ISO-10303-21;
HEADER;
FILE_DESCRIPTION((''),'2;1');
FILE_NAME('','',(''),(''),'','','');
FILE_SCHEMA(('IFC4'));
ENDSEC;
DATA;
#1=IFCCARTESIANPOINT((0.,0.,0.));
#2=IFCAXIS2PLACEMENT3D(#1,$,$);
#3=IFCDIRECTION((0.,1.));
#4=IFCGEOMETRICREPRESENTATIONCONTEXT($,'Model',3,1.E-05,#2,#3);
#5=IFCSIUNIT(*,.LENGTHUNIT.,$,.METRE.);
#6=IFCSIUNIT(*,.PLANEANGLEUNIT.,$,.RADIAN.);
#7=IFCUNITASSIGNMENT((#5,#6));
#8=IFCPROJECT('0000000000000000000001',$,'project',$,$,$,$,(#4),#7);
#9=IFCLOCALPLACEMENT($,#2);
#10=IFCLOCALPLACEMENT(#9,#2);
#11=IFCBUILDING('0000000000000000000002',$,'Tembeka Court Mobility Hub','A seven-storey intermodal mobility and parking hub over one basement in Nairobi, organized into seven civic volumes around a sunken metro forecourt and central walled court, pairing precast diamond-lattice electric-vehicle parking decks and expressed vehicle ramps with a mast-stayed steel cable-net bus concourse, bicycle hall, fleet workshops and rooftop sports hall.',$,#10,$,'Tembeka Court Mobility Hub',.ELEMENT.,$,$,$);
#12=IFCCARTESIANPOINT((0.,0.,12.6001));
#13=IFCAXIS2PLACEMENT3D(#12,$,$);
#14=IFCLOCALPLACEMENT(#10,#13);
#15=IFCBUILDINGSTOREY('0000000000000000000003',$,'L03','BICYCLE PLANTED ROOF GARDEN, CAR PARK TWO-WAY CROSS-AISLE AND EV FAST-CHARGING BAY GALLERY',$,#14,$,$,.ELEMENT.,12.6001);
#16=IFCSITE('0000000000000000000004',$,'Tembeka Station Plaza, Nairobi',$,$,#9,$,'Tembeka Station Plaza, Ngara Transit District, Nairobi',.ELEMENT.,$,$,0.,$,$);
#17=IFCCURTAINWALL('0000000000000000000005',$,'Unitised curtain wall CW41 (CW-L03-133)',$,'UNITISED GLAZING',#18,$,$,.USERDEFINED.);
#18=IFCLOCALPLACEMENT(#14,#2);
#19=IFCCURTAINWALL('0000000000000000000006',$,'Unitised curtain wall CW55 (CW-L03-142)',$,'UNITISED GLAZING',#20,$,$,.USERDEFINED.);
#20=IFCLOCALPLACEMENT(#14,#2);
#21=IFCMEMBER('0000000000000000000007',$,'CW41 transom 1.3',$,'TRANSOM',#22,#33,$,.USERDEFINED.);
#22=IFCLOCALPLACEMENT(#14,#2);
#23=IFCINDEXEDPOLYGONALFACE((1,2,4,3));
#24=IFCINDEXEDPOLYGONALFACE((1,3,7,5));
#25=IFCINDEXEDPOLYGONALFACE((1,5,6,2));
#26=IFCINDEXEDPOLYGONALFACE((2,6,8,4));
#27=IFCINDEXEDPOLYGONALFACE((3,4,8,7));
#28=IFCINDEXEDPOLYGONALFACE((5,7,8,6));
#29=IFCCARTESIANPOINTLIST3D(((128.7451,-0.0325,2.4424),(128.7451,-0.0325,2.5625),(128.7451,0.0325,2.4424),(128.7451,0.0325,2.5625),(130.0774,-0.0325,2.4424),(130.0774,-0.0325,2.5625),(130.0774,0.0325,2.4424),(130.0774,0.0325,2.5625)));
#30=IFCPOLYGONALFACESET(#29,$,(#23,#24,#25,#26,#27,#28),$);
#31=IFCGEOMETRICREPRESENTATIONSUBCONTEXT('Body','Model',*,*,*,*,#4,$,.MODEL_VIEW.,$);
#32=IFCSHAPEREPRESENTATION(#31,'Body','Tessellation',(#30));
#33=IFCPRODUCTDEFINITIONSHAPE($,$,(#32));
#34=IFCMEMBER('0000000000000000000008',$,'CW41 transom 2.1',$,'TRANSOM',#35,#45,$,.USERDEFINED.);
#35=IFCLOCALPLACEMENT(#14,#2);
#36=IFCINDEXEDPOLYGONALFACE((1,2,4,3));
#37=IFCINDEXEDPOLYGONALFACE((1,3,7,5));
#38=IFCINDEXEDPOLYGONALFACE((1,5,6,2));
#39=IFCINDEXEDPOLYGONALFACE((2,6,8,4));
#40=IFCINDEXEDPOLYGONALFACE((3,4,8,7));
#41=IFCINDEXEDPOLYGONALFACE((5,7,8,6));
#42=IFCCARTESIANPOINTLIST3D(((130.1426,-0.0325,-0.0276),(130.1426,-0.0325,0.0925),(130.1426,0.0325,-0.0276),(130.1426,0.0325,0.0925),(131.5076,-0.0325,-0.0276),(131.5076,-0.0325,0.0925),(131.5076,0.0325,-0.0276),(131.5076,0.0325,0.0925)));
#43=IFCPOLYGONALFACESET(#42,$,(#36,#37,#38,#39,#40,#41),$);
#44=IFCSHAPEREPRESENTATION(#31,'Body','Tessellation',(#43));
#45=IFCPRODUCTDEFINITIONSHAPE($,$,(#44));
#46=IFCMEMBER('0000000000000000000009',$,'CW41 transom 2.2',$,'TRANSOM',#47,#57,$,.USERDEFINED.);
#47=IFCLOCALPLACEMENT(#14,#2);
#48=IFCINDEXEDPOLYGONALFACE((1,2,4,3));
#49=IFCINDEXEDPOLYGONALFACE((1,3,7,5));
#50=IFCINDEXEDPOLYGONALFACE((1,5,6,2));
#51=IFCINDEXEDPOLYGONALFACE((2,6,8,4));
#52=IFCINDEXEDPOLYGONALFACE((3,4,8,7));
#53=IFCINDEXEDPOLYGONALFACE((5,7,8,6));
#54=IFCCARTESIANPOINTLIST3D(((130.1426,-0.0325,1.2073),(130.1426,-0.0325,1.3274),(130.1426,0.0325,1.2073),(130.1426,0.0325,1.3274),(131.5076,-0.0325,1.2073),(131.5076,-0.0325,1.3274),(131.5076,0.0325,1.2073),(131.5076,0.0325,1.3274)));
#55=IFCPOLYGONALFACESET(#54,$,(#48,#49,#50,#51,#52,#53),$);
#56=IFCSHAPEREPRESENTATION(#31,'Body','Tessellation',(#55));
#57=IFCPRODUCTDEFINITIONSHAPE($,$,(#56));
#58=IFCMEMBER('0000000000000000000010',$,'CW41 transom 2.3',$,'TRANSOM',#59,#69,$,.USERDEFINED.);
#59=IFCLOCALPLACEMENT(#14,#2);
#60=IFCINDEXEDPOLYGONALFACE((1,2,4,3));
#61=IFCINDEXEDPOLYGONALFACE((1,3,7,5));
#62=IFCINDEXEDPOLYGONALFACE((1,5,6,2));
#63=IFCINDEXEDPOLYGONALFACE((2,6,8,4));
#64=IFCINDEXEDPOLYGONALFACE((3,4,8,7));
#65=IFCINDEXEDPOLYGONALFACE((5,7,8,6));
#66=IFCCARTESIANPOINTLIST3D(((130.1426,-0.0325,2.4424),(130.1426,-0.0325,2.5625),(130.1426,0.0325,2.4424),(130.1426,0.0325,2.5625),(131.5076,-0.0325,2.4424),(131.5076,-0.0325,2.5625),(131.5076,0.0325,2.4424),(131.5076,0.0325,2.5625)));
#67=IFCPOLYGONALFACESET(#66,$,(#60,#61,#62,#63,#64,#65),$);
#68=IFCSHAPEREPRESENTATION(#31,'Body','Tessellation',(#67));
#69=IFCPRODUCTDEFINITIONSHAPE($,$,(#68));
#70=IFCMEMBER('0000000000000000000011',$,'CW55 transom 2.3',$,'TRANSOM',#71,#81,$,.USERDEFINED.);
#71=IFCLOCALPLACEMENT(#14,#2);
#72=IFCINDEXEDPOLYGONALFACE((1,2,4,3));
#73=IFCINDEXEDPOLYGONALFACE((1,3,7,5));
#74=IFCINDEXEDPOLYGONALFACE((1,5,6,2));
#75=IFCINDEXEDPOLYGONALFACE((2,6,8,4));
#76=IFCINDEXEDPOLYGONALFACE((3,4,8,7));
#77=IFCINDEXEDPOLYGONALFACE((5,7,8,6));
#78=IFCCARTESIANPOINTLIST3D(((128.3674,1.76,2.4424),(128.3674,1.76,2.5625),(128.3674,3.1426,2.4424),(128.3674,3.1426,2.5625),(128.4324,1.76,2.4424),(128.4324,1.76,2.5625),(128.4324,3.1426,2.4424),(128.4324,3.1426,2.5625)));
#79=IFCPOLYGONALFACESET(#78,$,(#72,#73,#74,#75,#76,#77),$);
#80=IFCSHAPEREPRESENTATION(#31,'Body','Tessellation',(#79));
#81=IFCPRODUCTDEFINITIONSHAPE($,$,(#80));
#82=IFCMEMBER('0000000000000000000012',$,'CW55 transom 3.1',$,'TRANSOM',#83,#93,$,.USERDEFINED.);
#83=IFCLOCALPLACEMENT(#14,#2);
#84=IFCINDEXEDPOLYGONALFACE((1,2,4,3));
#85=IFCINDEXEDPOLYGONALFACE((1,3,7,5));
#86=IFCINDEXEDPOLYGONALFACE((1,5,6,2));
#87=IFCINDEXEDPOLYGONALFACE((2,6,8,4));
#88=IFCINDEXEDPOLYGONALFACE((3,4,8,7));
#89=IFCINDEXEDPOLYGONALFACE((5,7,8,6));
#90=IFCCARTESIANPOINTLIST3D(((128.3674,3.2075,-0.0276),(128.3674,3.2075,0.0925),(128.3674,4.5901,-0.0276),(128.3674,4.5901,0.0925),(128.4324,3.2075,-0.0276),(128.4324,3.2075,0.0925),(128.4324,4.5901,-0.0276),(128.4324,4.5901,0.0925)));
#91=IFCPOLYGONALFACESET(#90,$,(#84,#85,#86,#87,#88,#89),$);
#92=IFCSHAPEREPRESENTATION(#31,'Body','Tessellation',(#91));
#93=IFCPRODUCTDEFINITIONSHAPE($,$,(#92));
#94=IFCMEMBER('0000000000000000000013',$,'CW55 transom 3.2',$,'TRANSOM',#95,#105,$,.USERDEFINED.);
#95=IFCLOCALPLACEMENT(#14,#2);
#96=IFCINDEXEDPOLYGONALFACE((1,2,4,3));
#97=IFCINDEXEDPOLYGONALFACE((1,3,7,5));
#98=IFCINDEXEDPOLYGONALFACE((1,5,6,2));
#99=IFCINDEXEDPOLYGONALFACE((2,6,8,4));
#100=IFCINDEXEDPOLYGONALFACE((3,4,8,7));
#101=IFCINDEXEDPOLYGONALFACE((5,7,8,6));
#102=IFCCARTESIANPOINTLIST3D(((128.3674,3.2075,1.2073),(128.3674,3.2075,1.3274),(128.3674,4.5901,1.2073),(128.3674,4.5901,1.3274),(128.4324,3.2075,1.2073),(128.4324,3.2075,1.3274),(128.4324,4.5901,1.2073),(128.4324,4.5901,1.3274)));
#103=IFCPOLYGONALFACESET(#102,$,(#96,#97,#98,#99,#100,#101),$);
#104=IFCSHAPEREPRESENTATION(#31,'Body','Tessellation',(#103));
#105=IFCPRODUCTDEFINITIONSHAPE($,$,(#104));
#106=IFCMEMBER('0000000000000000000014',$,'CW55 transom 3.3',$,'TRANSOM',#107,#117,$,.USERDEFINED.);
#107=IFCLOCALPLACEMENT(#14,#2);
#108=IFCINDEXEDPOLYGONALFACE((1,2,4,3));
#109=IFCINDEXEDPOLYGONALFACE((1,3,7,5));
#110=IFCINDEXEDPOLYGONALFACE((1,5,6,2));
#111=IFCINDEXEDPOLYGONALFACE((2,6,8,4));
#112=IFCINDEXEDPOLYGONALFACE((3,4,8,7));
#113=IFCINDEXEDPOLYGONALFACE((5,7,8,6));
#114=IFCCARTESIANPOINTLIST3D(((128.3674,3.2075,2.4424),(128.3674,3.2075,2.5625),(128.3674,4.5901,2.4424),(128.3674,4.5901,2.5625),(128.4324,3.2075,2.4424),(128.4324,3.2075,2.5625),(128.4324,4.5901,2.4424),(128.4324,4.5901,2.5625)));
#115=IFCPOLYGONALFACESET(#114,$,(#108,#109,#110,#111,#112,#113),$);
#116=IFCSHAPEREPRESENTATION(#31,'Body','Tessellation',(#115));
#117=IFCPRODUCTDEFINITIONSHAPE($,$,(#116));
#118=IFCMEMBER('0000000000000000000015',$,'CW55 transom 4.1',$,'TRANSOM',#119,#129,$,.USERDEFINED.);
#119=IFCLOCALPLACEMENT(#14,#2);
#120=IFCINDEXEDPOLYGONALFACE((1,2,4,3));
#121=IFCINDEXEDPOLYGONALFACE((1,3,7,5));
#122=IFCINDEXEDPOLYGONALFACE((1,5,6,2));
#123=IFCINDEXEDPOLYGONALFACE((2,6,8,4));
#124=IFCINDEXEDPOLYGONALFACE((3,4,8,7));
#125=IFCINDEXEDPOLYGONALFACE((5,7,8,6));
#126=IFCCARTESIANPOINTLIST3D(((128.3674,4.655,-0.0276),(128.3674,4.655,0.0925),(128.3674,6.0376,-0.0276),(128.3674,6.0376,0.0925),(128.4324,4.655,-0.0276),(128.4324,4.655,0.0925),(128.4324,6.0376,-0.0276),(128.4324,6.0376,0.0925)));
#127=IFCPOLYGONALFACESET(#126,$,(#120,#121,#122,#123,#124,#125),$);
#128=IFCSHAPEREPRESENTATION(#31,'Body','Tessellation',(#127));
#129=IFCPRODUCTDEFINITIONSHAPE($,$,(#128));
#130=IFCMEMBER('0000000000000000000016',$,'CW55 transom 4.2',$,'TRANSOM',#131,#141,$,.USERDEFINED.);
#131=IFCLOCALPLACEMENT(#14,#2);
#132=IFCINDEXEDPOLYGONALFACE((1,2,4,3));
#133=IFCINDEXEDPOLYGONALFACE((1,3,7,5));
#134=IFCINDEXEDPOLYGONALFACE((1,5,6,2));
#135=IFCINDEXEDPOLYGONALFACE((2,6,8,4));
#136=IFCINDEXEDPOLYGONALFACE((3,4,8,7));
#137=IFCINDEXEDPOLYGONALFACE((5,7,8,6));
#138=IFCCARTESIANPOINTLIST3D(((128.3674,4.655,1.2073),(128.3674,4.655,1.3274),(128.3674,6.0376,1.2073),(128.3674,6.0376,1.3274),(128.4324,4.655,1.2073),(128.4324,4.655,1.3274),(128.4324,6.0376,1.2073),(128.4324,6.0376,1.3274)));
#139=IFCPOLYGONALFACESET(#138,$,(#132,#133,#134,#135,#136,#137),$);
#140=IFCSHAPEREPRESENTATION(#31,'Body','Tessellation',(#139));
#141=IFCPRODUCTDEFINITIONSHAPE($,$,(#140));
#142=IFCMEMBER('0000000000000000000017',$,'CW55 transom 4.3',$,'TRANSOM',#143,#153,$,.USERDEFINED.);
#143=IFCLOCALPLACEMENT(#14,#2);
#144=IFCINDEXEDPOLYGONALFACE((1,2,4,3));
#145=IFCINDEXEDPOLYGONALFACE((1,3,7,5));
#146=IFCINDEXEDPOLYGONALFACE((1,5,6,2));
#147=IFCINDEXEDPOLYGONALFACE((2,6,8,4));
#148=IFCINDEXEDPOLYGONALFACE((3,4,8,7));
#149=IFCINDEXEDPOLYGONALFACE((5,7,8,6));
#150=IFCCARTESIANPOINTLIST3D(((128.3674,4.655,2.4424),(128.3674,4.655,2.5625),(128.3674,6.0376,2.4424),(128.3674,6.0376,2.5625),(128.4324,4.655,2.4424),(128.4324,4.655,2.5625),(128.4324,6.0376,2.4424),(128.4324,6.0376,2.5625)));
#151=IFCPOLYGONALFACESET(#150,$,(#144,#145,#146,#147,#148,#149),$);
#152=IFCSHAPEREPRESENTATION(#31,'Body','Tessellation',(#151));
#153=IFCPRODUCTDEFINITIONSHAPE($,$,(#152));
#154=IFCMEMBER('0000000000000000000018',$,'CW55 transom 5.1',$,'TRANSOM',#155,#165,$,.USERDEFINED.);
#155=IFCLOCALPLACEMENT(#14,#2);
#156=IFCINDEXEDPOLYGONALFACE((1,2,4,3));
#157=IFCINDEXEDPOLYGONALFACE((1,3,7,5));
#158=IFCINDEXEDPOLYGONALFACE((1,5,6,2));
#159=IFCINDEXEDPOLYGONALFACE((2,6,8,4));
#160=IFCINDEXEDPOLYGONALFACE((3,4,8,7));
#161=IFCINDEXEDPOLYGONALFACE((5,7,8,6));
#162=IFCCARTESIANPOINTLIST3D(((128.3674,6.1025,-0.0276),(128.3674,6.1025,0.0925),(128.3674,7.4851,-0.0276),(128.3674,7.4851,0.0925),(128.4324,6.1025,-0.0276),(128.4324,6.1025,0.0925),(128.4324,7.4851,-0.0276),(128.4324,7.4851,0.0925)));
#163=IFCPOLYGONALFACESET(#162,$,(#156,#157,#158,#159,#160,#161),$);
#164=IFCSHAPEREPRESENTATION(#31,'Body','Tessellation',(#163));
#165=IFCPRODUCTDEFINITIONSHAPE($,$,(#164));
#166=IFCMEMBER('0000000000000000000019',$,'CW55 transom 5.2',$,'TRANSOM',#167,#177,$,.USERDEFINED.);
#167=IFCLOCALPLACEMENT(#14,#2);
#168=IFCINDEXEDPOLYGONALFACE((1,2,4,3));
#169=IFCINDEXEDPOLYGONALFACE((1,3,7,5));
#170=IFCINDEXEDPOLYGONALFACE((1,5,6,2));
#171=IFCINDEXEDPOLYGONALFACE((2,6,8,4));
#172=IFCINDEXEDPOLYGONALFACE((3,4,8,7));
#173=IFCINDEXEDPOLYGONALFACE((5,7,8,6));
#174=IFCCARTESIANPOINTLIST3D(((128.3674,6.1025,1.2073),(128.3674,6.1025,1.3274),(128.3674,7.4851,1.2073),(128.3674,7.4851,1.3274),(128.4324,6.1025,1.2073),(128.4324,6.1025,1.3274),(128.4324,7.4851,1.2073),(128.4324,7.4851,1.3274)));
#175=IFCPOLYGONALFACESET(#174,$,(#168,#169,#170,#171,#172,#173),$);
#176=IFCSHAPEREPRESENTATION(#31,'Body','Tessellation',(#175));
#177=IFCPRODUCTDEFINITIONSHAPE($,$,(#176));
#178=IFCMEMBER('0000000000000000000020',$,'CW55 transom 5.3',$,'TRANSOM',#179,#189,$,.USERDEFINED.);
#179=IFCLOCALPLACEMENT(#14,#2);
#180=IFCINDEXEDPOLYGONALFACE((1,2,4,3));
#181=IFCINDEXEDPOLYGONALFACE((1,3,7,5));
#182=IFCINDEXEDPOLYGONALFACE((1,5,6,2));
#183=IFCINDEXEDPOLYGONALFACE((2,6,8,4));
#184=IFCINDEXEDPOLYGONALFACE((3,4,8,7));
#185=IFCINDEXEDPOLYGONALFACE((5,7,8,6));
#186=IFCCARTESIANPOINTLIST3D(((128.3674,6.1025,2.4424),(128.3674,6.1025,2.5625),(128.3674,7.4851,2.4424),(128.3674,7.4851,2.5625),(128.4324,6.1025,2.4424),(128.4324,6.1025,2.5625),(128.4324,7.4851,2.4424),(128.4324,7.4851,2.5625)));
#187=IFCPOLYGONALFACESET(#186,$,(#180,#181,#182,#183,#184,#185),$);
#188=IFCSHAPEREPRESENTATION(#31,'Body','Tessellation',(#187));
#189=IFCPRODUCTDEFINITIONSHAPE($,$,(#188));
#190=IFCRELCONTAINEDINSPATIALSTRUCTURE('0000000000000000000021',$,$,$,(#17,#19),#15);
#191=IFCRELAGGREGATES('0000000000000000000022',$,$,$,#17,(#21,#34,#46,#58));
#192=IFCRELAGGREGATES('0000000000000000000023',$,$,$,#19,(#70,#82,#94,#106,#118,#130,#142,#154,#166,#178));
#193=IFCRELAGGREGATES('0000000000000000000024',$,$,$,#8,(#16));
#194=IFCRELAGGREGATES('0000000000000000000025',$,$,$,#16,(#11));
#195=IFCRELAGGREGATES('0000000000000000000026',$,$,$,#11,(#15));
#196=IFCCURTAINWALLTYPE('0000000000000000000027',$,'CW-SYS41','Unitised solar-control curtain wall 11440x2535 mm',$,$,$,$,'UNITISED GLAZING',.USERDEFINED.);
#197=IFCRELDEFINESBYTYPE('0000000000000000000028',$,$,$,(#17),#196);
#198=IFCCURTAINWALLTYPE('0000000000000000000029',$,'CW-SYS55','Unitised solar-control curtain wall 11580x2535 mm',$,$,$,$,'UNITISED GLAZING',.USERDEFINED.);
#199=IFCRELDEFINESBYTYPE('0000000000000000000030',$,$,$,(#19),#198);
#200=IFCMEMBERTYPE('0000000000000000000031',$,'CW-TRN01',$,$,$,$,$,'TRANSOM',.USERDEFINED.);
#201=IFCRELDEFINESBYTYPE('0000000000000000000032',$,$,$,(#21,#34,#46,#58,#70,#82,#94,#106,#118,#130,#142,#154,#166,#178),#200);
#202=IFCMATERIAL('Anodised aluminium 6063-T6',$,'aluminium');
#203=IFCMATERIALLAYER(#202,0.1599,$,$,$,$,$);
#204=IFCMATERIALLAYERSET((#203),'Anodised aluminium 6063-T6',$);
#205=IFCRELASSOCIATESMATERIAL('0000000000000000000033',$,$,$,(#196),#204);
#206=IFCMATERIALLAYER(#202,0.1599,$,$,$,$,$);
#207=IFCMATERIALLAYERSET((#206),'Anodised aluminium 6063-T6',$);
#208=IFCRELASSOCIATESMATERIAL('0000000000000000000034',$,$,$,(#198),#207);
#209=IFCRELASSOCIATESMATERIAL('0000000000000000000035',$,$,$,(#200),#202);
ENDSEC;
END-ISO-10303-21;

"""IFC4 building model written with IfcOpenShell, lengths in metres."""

from ifc_helpers import new_model, si_unit, direction, frame, origin, origin_2d, place, context, subcontext, project, spatial, rectangle, extrude, material, layer, layer_set, material_profile, profile_set, type_object, element, aggregate, save


model = new_model("IFC4")

# Units and contexts
model_context = context("Model", 3, precision=1e-05, world=origin(), true_north=direction((0.0, 1.0)))
body_context = subcontext(model_context, "Body", "Model", "MODEL_VIEW")
ifc_project = project(units=[si_unit("LENGTHUNIT", "METRE"), si_unit("PLANEANGLEUNIT", "RADIAN")], contexts=[model_context])

# Site, building, storey
site_placement = place(None, origin())
site = spatial("IfcSite", under=ifc_project, at=site_placement, Name="Tembeka Station Plaza, Nairobi", LongName="Tembeka Station Plaza, Ngara Transit District, Nairobi", CompositionType="ELEMENT", RefElevation=0.0)
building_placement = place(site_placement, origin())
building = spatial("IfcBuilding", under=site, at=building_placement, Name="Tembeka Court Mobility Hub", Description="A seven-storey intermodal mobility and parking hub over one basement in Nairobi, organized into seven civic volumes around a sunken metro forecourt and central walled court, pairing precast diamond-lattice electric-vehicle parking decks and expressed vehicle ramps with a mast-stayed steel cable-net bus concourse, bicycle hall, fleet workshops and rooftop sports hall.", LongName="Tembeka Court Mobility Hub", CompositionType="ELEMENT")
storey_placement = place(building_placement, frame((0.0, 0.0, 12.6001)))
storey = spatial("IfcBuildingStorey", under=building, at=storey_placement, Name="L03", Description="BICYCLE PLANTED ROOF GARDEN, CAR PARK TWO-WAY CROSS-AISLE AND EV FAST-CHARGING BAY GALLERY", CompositionType="ELEMENT", Elevation=12.6001)

# Curtain walls
ifc_material_1 = material(Name="Anodised aluminium 6063-T6", Category="aluminium")
ifc_layer_1 = layer(ifc_material_1, 0.1599)
ifc_layer_set_1 = layer_set([ifc_layer_1], Name="Anodised aluminium 6063-T6")
curtain_wall_type_1 = type_object("IfcCurtainWallType", Name="CW-SYS41", Description="Unitised solar-control curtain wall 11440x2535 mm", ElementType="UNITISED GLAZING", PredefinedType="USERDEFINED", material=ifc_layer_set_1)
curtain_wall_1_placement = place(storey_placement, origin())
curtain_wall_1 = element("IfcCurtainWall", 1, at=curtain_wall_1_placement, inside=storey, type_object=curtain_wall_type_1, Name="Unitised curtain wall CW41 (CW-L03-133)", ObjectType="UNITISED GLAZING", PredefinedType="USERDEFINED")
ifc_layer_2 = layer(ifc_material_1, 0.1599)
ifc_layer_set_2 = layer_set([ifc_layer_2], Name="Anodised aluminium 6063-T6")
curtain_wall_type_2 = type_object("IfcCurtainWallType", Name="CW-SYS55", Description="Unitised solar-control curtain wall 11580x2535 mm", ElementType="UNITISED GLAZING", PredefinedType="USERDEFINED", material=ifc_layer_set_2)
curtain_wall_2_placement = place(storey_placement, origin())
curtain_wall_2 = element("IfcCurtainWall", 2, at=curtain_wall_2_placement, inside=storey, type_object=curtain_wall_type_2, Name="Unitised curtain wall CW55 (CW-L03-142)", ObjectType="UNITISED GLAZING", PredefinedType="USERDEFINED")

# Members
ifc_material_profile_1 = material_profile(ifc_material_1, rectangle(XDim=0.0649, YDim=0.1201, at=origin_2d()), Name="ALU-TRN 65x120")
ifc_profile_set_1 = profile_set([ifc_material_profile_1], Name="Anodised aluminium 6063-T6")
member_type_1 = type_object("IfcMemberType", Name="CW-TRN01", ElementType="TRANSOM", PredefinedType="USERDEFINED", material=ifc_profile_set_1)
member_1_placement = place(storey_placement, frame((128.7451, 0.0, 2.5024), z_axis=(1.0, 0.0, 0.0), x_axis=(0.0, 1.0, 0.0)))
member_1 = element("IfcMember", 3, at=member_1_placement, type_object=member_type_1, Name="CW41 transom 1.3", ObjectType="TRANSOM", PredefinedType="USERDEFINED", context=body_context, shape_type="SweptSolid", body=[
    extrude(rectangle(XDim=0.0649, YDim=0.1201, at=origin_2d()), origin(), (0.0, 0.0, 1.0), 1.3323),
])
member_2_placement = place(storey_placement, frame((130.1426, 0.0, 0.0325), z_axis=(1.0, 0.0, 0.0), x_axis=(0.0, 1.0, 0.0)))
member_2 = element("IfcMember", 4, at=member_2_placement, type_object=member_type_1, Name="CW41 transom 2.1", ObjectType="TRANSOM", PredefinedType="USERDEFINED", context=body_context, shape_type="SweptSolid", body=[
    extrude(rectangle(XDim=0.0649, YDim=0.1201, at=origin_2d()), origin(), (0.0, 0.0, 1.0), 1.365),
])
member_3_placement = place(storey_placement, frame((130.1426, 0.0, 1.2673), z_axis=(1.0, 0.0, 0.0), x_axis=(0.0, 1.0, 0.0)))
member_3 = element("IfcMember", 5, at=member_3_placement, type_object=member_type_1, Name="CW41 transom 2.2", ObjectType="TRANSOM", PredefinedType="USERDEFINED", context=body_context, shape_type="SweptSolid", body=[
    extrude(rectangle(XDim=0.0649, YDim=0.1201, at=origin_2d()), origin(), (0.0, 0.0, 1.0), 1.365),
])
member_4_placement = place(storey_placement, frame((130.1426, 0.0, 2.5024), z_axis=(1.0, 0.0, 0.0), x_axis=(0.0, 1.0, 0.0)))
member_4 = element("IfcMember", 6, at=member_4_placement, type_object=member_type_1, Name="CW41 transom 2.3", ObjectType="TRANSOM", PredefinedType="USERDEFINED", context=body_context, shape_type="SweptSolid", body=[
    extrude(rectangle(XDim=0.0649, YDim=0.1201, at=origin_2d()), origin(), (0.0, 0.0, 1.0), 1.365),
])
member_5_placement = place(storey_placement, frame((128.3999, 1.76, 2.5024), z_axis=(0.0, 1.0, 0.0), x_axis=(-1.0, 0.0, 0.0)))
member_5 = element("IfcMember", 7, at=member_5_placement, type_object=member_type_1, Name="CW55 transom 2.3", ObjectType="TRANSOM", PredefinedType="USERDEFINED", context=body_context, shape_type="SweptSolid", body=[
    extrude(rectangle(XDim=0.0649, YDim=0.1201, at=origin_2d()), origin(), (0.0, 0.0, 1.0), 1.3826),
])
member_6_placement = place(storey_placement, frame((128.3999, 3.2075, 0.0325), z_axis=(0.0, 1.0, 0.0), x_axis=(-1.0, 0.0, 0.0)))
member_6 = element("IfcMember", 8, at=member_6_placement, type_object=member_type_1, Name="CW55 transom 3.1", ObjectType="TRANSOM", PredefinedType="USERDEFINED", context=body_context, shape_type="SweptSolid", body=[
    extrude(rectangle(XDim=0.0649, YDim=0.1201, at=origin_2d()), origin(), (0.0, 0.0, 1.0), 1.3826),
])
member_7_placement = place(storey_placement, frame((128.3999, 3.2075, 1.2673), z_axis=(0.0, 1.0, 0.0), x_axis=(-1.0, 0.0, 0.0)))
member_7 = element("IfcMember", 9, at=member_7_placement, type_object=member_type_1, Name="CW55 transom 3.2", ObjectType="TRANSOM", PredefinedType="USERDEFINED", context=body_context, shape_type="SweptSolid", body=[
    extrude(rectangle(XDim=0.0649, YDim=0.1201, at=origin_2d()), origin(), (0.0, 0.0, 1.0), 1.3826),
])
member_8_placement = place(storey_placement, frame((128.3999, 3.2075, 2.5024), z_axis=(0.0, 1.0, 0.0), x_axis=(-1.0, 0.0, 0.0)))
member_8 = element("IfcMember", 10, at=member_8_placement, type_object=member_type_1, Name="CW55 transom 3.3", ObjectType="TRANSOM", PredefinedType="USERDEFINED", context=body_context, shape_type="SweptSolid", body=[
    extrude(rectangle(XDim=0.0649, YDim=0.1201, at=origin_2d()), origin(), (0.0, 0.0, 1.0), 1.3826),
])
member_9_placement = place(storey_placement, frame((128.3999, 4.655, 0.0325), z_axis=(0.0, 1.0, 0.0), x_axis=(-1.0, 0.0, 0.0)))
member_9 = element("IfcMember", 11, at=member_9_placement, type_object=member_type_1, Name="CW55 transom 4.1", ObjectType="TRANSOM", PredefinedType="USERDEFINED", context=body_context, shape_type="SweptSolid", body=[
    extrude(rectangle(XDim=0.0649, YDim=0.1201, at=origin_2d()), origin(), (0.0, 0.0, 1.0), 1.3826),
])
member_10_placement = place(storey_placement, frame((128.3999, 4.655, 1.2673), z_axis=(0.0, 1.0, 0.0), x_axis=(-1.0, 0.0, 0.0)))
member_10 = element("IfcMember", 12, at=member_10_placement, type_object=member_type_1, Name="CW55 transom 4.2", ObjectType="TRANSOM", PredefinedType="USERDEFINED", context=body_context, shape_type="SweptSolid", body=[
    extrude(rectangle(XDim=0.0649, YDim=0.1201, at=origin_2d()), origin(), (0.0, 0.0, 1.0), 1.3826),
])
member_11_placement = place(storey_placement, frame((128.3999, 4.655, 2.5024), z_axis=(0.0, 1.0, 0.0), x_axis=(-1.0, 0.0, 0.0)))
member_11 = element("IfcMember", 13, at=member_11_placement, type_object=member_type_1, Name="CW55 transom 4.3", ObjectType="TRANSOM", PredefinedType="USERDEFINED", context=body_context, shape_type="SweptSolid", body=[
    extrude(rectangle(XDim=0.0649, YDim=0.1201, at=origin_2d()), origin(), (0.0, 0.0, 1.0), 1.3826),
])
member_12_placement = place(storey_placement, frame((128.3999, 6.1025, 0.0325), z_axis=(0.0, 1.0, 0.0), x_axis=(-1.0, 0.0, 0.0)))
member_12 = element("IfcMember", 14, at=member_12_placement, type_object=member_type_1, Name="CW55 transom 5.1", ObjectType="TRANSOM", PredefinedType="USERDEFINED", context=body_context, shape_type="SweptSolid", body=[
    extrude(rectangle(XDim=0.0649, YDim=0.1201, at=origin_2d()), origin(), (0.0, 0.0, 1.0), 1.3826),
])
member_13_placement = place(storey_placement, frame((128.3999, 6.1025, 1.2673), z_axis=(0.0, 1.0, 0.0), x_axis=(-1.0, 0.0, 0.0)))
member_13 = element("IfcMember", 15, at=member_13_placement, type_object=member_type_1, Name="CW55 transom 5.2", ObjectType="TRANSOM", PredefinedType="USERDEFINED", context=body_context, shape_type="SweptSolid", body=[
    extrude(rectangle(XDim=0.0649, YDim=0.1201, at=origin_2d()), origin(), (0.0, 0.0, 1.0), 1.3826),
])
member_14_placement = place(storey_placement, frame((128.3999, 6.1025, 2.5024), z_axis=(0.0, 1.0, 0.0), x_axis=(-1.0, 0.0, 0.0)))
member_14 = element("IfcMember", 16, at=member_14_placement, type_object=member_type_1, Name="CW55 transom 5.3", ObjectType="TRANSOM", PredefinedType="USERDEFINED", context=body_context, shape_type="SweptSolid", body=[
    extrude(rectangle(XDim=0.0649, YDim=0.1201, at=origin_2d()), origin(), (0.0, 0.0, 1.0), 1.3826),
])

aggregate(curtain_wall_1, [member_1, member_2, member_3, member_4])
aggregate(curtain_wall_2, [member_5, member_6, member_7, member_8, member_9, member_10, member_11, member_12, member_13, member_14])

save(model, "model.ifc")
